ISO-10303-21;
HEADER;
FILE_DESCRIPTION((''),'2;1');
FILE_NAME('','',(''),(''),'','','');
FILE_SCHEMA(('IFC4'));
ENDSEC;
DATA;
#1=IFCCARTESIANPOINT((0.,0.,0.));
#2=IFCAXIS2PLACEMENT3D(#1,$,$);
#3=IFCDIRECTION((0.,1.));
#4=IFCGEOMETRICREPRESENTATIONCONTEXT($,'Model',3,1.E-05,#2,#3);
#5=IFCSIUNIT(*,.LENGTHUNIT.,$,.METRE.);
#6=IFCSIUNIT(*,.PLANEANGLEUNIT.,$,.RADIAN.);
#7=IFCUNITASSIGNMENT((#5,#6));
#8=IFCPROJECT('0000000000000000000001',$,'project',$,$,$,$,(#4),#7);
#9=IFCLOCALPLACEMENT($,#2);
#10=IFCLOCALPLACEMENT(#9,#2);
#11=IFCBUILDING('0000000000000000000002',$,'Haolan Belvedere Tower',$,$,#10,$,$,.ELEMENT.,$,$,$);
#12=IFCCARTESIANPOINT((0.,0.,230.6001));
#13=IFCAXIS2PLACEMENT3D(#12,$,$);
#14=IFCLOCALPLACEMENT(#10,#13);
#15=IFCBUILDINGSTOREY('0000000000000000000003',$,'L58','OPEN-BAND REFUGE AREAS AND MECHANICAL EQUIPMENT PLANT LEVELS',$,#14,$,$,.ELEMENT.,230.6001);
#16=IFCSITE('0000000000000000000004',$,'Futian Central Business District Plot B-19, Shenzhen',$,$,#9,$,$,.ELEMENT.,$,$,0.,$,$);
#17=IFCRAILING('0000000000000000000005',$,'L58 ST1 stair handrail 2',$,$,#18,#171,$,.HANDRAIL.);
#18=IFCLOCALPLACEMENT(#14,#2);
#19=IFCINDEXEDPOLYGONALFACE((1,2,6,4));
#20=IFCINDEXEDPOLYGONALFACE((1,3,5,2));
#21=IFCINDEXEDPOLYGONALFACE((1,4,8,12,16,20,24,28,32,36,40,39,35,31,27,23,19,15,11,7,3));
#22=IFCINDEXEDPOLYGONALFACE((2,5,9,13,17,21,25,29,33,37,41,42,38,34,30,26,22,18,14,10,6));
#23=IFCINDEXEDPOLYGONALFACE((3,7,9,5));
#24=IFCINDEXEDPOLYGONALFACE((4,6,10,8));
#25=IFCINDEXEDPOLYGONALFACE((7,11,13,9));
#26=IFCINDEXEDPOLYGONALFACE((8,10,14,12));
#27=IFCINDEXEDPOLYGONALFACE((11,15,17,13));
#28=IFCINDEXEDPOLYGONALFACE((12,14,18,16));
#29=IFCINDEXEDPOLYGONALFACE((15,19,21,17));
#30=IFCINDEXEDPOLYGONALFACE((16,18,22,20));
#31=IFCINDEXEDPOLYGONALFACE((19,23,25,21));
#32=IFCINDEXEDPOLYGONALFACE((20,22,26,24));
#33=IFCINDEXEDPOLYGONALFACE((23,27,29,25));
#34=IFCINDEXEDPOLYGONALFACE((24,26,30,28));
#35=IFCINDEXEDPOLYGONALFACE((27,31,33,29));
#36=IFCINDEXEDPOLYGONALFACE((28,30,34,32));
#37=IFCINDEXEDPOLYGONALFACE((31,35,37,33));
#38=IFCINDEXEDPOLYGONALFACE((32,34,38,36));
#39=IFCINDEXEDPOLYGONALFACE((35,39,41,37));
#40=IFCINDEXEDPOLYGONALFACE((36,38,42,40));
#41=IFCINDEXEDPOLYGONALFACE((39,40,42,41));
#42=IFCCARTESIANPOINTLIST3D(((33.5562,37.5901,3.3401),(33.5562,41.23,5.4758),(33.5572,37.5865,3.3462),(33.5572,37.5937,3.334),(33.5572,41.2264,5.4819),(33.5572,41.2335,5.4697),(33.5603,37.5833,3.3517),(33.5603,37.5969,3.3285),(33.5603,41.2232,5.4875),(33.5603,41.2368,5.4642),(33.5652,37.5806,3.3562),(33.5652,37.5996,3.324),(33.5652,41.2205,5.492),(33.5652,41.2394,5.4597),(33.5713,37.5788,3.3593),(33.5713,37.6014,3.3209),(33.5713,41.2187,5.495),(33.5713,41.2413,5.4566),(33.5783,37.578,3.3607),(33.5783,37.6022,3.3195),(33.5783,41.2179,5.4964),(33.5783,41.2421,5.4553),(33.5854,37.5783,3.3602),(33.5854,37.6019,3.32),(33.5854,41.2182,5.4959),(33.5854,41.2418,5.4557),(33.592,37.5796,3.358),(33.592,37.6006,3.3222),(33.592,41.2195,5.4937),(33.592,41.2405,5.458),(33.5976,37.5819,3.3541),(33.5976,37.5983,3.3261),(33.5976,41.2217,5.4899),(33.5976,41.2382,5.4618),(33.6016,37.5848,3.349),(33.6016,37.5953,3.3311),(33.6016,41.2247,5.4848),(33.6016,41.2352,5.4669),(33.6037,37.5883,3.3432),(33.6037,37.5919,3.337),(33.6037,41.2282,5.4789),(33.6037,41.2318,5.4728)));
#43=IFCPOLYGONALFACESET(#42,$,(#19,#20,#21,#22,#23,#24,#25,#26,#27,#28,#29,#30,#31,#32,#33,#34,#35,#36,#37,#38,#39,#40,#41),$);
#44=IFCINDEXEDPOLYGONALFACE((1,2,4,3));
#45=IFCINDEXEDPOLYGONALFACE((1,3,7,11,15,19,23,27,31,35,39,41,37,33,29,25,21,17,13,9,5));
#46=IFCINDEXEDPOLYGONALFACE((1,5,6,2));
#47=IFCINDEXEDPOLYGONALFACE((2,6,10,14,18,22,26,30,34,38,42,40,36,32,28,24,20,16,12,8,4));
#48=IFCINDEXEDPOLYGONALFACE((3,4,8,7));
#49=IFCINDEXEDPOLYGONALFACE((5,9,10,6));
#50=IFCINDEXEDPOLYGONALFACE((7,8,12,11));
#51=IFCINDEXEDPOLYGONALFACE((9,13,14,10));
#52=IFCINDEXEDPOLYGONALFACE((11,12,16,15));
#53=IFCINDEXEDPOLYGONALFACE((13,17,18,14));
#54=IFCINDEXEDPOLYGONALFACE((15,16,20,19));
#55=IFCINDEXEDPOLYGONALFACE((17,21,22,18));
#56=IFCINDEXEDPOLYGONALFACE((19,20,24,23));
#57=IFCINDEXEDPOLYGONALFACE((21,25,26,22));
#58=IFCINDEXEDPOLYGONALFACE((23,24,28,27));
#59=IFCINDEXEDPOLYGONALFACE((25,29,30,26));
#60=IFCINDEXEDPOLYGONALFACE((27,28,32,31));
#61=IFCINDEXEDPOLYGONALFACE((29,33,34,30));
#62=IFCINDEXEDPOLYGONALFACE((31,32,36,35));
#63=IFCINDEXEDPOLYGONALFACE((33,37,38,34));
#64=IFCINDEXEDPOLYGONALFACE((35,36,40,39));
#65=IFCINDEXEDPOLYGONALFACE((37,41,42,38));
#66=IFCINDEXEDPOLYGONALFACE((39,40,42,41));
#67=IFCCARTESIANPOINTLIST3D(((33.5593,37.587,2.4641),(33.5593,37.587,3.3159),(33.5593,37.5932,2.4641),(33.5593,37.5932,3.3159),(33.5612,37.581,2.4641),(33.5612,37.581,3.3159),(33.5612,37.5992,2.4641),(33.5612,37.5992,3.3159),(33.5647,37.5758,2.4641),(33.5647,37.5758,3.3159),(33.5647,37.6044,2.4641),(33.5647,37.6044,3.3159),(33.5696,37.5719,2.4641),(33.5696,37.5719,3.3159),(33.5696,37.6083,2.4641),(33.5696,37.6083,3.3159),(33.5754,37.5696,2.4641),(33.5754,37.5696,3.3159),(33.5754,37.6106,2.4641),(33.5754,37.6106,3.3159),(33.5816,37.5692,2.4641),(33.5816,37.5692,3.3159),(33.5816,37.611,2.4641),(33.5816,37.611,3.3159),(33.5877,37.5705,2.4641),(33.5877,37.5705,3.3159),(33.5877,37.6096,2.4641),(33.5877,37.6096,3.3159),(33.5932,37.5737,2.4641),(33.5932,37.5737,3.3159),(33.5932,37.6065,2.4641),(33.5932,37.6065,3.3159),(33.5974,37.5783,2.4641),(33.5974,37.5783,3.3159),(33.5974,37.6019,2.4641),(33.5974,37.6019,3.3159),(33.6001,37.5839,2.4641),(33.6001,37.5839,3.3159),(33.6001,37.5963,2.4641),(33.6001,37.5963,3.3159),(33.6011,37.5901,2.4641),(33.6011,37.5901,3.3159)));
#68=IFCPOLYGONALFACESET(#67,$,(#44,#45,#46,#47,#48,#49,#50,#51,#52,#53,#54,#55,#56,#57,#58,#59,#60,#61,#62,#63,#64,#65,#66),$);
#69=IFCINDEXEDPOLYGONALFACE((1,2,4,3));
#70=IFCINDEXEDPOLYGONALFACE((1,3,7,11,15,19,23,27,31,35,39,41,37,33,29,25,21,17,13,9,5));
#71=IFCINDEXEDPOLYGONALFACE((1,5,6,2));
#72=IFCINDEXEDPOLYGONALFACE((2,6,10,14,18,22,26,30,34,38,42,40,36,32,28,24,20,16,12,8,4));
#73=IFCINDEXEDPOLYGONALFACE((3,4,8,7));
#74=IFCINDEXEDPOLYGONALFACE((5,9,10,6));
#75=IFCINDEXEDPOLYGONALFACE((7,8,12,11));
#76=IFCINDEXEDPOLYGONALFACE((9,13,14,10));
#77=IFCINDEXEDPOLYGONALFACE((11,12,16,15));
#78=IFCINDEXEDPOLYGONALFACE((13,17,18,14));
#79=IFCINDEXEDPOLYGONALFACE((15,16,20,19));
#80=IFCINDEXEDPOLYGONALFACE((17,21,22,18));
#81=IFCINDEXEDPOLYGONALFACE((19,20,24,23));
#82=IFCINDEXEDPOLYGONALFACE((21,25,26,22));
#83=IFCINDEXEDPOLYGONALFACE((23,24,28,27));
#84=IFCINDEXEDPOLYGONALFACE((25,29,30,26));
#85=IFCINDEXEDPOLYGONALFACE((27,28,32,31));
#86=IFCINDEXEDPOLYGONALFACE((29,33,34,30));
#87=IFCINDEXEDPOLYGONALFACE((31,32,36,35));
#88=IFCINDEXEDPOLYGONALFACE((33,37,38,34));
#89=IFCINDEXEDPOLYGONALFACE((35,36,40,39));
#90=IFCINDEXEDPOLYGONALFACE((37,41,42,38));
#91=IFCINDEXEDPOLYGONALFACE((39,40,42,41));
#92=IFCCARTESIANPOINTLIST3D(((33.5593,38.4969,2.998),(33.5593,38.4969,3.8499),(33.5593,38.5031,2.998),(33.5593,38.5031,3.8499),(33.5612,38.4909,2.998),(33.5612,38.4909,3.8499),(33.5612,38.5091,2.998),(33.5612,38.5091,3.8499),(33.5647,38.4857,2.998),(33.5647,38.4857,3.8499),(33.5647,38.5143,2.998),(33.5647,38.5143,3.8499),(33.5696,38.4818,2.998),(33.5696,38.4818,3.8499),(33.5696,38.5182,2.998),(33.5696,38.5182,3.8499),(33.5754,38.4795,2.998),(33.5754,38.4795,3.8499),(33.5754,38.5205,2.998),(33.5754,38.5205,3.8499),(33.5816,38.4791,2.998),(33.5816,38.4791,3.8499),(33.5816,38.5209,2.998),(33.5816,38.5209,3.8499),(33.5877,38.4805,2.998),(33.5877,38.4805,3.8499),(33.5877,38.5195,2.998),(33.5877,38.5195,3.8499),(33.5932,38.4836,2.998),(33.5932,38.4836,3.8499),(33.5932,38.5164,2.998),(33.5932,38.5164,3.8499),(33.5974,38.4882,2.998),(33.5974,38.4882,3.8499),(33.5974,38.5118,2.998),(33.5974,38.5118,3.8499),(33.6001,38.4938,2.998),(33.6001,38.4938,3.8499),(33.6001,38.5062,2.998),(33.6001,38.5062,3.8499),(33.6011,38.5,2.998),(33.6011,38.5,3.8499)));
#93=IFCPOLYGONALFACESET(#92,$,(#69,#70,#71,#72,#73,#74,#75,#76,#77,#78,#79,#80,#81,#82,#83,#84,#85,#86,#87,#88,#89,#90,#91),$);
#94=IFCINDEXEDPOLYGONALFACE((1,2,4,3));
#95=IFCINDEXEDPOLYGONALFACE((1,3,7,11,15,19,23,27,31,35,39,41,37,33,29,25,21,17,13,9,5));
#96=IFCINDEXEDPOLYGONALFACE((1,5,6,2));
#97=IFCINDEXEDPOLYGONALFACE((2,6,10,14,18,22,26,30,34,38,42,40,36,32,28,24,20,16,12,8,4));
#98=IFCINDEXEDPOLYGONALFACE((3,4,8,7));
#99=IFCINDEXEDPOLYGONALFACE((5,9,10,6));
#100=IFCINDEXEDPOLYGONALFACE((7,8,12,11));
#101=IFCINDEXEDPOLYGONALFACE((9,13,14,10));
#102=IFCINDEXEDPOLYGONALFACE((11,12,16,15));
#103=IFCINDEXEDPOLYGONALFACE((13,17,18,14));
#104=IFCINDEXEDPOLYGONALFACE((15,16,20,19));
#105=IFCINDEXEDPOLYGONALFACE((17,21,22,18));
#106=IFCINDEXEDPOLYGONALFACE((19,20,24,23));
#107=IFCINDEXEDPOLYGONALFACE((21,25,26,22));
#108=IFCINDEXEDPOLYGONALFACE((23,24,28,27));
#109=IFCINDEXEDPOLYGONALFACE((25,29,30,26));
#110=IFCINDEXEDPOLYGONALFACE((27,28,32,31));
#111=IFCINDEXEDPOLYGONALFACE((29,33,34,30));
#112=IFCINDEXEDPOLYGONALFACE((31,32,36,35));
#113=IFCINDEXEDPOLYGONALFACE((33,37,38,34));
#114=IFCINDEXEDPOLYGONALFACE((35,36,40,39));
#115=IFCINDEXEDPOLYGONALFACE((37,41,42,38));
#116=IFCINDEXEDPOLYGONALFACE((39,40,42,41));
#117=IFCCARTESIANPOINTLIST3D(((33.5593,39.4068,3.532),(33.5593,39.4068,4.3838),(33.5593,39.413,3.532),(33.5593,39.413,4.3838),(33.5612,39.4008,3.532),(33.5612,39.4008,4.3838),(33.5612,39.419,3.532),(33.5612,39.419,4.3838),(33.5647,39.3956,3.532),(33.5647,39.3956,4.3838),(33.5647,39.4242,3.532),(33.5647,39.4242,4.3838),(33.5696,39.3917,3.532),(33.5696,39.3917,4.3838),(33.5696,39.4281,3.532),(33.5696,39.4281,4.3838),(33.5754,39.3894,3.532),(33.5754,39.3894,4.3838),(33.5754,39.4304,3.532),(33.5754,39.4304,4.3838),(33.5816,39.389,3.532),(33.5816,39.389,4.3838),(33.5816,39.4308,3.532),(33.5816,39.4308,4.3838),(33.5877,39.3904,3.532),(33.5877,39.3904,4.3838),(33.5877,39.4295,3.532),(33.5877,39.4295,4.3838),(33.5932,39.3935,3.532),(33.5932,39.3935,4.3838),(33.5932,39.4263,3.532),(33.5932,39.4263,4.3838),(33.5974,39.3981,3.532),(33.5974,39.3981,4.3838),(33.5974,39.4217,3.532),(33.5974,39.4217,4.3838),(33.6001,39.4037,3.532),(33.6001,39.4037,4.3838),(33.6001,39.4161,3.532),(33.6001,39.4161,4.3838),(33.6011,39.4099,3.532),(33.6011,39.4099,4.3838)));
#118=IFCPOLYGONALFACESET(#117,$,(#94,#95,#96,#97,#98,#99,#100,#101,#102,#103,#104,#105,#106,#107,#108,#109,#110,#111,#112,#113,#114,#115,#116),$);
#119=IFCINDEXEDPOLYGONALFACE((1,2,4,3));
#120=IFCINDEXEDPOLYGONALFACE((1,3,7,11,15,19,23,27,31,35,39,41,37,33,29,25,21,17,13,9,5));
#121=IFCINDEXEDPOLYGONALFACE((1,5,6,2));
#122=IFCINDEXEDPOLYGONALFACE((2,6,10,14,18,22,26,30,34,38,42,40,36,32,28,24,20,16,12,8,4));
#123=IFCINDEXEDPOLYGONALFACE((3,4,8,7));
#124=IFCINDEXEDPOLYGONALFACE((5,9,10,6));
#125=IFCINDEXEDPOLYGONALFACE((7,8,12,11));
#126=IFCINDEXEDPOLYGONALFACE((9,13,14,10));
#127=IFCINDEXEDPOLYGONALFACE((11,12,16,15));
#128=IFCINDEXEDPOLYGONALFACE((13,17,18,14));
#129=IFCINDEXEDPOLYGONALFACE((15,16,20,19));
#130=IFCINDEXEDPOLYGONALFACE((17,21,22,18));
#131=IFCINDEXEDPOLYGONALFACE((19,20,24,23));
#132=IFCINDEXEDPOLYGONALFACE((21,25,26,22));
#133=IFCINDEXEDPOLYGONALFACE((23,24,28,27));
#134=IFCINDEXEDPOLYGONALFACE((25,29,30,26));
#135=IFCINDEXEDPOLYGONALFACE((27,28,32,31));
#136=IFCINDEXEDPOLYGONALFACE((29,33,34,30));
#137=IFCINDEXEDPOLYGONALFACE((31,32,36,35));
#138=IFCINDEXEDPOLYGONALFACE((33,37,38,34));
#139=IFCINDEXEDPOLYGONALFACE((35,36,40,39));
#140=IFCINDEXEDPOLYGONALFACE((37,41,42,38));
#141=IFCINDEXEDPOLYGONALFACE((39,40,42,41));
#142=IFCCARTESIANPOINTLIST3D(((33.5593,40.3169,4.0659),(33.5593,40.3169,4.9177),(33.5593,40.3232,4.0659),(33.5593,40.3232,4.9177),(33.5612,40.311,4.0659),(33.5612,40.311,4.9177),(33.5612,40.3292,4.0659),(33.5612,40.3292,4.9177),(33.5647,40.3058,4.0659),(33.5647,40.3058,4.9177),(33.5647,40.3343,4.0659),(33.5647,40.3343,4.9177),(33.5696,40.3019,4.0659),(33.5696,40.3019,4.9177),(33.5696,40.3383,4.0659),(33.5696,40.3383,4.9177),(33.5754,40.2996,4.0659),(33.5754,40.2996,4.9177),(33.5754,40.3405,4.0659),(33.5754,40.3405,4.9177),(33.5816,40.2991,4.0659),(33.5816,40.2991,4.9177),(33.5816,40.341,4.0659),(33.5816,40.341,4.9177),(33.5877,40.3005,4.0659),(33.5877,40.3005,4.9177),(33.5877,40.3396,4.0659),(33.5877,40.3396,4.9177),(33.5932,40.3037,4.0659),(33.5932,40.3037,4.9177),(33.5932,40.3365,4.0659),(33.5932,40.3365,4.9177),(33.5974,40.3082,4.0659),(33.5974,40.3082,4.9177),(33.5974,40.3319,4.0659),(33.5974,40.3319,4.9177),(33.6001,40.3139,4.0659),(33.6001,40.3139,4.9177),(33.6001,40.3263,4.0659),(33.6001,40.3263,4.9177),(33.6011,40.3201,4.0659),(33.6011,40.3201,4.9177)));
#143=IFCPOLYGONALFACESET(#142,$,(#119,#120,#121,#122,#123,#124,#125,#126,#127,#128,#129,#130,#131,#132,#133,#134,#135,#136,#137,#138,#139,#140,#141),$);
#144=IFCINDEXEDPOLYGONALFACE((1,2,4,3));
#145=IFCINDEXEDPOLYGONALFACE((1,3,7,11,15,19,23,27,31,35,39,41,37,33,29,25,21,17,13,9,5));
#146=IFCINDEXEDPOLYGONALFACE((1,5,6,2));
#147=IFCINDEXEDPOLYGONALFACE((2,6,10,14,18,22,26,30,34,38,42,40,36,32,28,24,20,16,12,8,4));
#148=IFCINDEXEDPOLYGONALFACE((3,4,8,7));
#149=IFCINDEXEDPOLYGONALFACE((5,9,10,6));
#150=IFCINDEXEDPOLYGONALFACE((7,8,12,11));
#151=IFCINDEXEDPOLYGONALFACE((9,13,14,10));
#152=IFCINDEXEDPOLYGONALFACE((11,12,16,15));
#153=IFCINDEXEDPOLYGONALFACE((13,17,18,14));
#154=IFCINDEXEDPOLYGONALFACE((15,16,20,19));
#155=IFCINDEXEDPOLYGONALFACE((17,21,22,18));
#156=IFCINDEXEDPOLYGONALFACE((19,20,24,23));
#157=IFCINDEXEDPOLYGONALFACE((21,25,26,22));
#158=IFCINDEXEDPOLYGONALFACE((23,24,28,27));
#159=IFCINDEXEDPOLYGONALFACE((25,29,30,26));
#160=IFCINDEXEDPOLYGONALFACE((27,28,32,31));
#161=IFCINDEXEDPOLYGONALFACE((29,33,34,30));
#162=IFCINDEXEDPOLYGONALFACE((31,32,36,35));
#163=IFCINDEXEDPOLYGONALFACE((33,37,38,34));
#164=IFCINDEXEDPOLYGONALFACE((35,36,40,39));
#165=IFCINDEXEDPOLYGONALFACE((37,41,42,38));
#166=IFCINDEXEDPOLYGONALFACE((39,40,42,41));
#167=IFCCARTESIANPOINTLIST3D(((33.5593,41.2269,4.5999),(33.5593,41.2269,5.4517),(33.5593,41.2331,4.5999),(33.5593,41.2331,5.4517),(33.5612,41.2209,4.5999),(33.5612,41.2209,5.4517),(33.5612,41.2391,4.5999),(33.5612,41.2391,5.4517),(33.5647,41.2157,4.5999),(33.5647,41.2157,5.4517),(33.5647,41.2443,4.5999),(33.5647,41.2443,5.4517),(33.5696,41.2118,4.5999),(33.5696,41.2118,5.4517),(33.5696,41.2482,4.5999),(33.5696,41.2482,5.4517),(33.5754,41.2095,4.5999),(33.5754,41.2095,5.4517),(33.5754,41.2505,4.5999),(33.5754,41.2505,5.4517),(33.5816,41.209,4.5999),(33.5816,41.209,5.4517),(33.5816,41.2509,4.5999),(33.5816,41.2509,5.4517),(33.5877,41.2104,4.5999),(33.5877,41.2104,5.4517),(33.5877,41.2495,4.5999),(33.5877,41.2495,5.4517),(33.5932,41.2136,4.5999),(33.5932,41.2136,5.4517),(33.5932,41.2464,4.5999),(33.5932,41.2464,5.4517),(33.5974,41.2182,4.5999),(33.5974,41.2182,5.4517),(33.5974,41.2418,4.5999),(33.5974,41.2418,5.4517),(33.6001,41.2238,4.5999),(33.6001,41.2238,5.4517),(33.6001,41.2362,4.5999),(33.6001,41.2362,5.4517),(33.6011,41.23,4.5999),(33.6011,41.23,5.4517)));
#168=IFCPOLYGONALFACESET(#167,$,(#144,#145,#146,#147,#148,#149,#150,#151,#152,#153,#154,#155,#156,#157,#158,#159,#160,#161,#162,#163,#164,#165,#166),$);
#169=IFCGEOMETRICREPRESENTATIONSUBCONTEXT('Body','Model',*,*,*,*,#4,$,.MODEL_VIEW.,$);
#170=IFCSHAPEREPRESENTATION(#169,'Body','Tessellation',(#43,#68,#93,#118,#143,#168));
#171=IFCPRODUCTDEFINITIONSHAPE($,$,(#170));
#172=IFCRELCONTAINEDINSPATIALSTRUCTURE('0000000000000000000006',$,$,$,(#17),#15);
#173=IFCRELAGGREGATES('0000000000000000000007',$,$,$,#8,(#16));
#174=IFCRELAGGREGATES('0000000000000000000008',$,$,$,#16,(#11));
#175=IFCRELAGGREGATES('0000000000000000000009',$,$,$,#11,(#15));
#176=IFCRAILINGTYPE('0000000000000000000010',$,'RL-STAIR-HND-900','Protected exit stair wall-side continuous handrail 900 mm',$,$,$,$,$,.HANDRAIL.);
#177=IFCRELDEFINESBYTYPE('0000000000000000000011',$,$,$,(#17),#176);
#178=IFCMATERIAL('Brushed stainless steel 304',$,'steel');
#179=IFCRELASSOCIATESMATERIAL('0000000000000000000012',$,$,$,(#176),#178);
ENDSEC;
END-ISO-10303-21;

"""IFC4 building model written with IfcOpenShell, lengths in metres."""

from ifc_helpers import new_model, si_unit, direction, frame, origin, origin_2d, place, context, subcontext, project, spatial, circle, extrude, material, type_object, element, save


model = new_model("IFC4")

# Units and contexts
model_context = context("Model", 3, precision=1e-05, world=origin(), true_north=direction((0.0, 1.0)))
body_context = subcontext(model_context, "Body", "Model", "MODEL_VIEW")
ifc_project = project(units=[si_unit("LENGTHUNIT", "METRE"), si_unit("PLANEANGLEUNIT", "RADIAN")], contexts=[model_context])

# Site, building, storey
site_placement = place(None, origin())
site = spatial("IfcSite", under=ifc_project, at=site_placement, Name="Futian Central Business District Plot B-19, Shenzhen", CompositionType="ELEMENT", RefElevation=0.0)
building_placement = place(site_placement, origin())
building = spatial("IfcBuilding", under=site, at=building_placement, Name="Haolan Belvedere Tower", CompositionType="ELEMENT")
storey_placement = place(building_placement, frame((0.0, 0.0, 230.6001)))
storey = spatial("IfcBuildingStorey", under=building, at=storey_placement, Name="L58", Description="OPEN-BAND REFUGE AREAS AND MECHANICAL EQUIPMENT PLANT LEVELS", CompositionType="ELEMENT", Elevation=230.6001)

# Railing
ifc_material_1 = material(Name="Brushed stainless steel 304", Category="steel")
railing_type_1 = type_object("IfcRailingType", Name="RL-STAIR-HND-900", Description="Protected exit stair wall-side continuous handrail 900 mm", PredefinedType="HANDRAIL", material=ifc_material_1)
railing_1_placement = place(storey_placement, frame((33.5801, 37.5901, 2.4641)))
element("IfcRailing", 1, at=railing_1_placement, inside=storey, type_object=railing_type_1, Name="L58 ST1 stair handrail 2", PredefinedType="HANDRAIL", context=body_context, shape_type="SweptSolid", body=[
    extrude(circle(Radius=0.0239, at=origin_2d()), frame((0.0, 0.0, 0.876), z_axis=(0.0, 0.86249, 0.506074), x_axis=(-1.0, 0.0, 0.0)), (0.0, 0.0, 1.0), 4.2202),
    extrude(circle(Radius=0.021, at=origin_2d()), origin(), (0.0, 0.0, 1.0), 0.8518),
    extrude(circle(Radius=0.021, at=origin_2d()), frame((0.0, 0.9099, 0.5339)), (0.0, 0.0, 1.0), 0.8518),
    extrude(circle(Radius=0.021, at=origin_2d()), frame((0.0, 1.8198, 1.0679)), (0.0, 0.0, 1.0), 0.8518),
    extrude(circle(Radius=0.021, at=origin_2d()), frame((0.0, 2.73, 1.6018)), (0.0, 0.0, 1.0), 0.8518),
    extrude(circle(Radius=0.021, at=origin_2d()), frame((0.0, 3.6399, 2.1357)), (0.0, 0.0, 1.0), 0.8518),
])

save(model, "model.ifc")
